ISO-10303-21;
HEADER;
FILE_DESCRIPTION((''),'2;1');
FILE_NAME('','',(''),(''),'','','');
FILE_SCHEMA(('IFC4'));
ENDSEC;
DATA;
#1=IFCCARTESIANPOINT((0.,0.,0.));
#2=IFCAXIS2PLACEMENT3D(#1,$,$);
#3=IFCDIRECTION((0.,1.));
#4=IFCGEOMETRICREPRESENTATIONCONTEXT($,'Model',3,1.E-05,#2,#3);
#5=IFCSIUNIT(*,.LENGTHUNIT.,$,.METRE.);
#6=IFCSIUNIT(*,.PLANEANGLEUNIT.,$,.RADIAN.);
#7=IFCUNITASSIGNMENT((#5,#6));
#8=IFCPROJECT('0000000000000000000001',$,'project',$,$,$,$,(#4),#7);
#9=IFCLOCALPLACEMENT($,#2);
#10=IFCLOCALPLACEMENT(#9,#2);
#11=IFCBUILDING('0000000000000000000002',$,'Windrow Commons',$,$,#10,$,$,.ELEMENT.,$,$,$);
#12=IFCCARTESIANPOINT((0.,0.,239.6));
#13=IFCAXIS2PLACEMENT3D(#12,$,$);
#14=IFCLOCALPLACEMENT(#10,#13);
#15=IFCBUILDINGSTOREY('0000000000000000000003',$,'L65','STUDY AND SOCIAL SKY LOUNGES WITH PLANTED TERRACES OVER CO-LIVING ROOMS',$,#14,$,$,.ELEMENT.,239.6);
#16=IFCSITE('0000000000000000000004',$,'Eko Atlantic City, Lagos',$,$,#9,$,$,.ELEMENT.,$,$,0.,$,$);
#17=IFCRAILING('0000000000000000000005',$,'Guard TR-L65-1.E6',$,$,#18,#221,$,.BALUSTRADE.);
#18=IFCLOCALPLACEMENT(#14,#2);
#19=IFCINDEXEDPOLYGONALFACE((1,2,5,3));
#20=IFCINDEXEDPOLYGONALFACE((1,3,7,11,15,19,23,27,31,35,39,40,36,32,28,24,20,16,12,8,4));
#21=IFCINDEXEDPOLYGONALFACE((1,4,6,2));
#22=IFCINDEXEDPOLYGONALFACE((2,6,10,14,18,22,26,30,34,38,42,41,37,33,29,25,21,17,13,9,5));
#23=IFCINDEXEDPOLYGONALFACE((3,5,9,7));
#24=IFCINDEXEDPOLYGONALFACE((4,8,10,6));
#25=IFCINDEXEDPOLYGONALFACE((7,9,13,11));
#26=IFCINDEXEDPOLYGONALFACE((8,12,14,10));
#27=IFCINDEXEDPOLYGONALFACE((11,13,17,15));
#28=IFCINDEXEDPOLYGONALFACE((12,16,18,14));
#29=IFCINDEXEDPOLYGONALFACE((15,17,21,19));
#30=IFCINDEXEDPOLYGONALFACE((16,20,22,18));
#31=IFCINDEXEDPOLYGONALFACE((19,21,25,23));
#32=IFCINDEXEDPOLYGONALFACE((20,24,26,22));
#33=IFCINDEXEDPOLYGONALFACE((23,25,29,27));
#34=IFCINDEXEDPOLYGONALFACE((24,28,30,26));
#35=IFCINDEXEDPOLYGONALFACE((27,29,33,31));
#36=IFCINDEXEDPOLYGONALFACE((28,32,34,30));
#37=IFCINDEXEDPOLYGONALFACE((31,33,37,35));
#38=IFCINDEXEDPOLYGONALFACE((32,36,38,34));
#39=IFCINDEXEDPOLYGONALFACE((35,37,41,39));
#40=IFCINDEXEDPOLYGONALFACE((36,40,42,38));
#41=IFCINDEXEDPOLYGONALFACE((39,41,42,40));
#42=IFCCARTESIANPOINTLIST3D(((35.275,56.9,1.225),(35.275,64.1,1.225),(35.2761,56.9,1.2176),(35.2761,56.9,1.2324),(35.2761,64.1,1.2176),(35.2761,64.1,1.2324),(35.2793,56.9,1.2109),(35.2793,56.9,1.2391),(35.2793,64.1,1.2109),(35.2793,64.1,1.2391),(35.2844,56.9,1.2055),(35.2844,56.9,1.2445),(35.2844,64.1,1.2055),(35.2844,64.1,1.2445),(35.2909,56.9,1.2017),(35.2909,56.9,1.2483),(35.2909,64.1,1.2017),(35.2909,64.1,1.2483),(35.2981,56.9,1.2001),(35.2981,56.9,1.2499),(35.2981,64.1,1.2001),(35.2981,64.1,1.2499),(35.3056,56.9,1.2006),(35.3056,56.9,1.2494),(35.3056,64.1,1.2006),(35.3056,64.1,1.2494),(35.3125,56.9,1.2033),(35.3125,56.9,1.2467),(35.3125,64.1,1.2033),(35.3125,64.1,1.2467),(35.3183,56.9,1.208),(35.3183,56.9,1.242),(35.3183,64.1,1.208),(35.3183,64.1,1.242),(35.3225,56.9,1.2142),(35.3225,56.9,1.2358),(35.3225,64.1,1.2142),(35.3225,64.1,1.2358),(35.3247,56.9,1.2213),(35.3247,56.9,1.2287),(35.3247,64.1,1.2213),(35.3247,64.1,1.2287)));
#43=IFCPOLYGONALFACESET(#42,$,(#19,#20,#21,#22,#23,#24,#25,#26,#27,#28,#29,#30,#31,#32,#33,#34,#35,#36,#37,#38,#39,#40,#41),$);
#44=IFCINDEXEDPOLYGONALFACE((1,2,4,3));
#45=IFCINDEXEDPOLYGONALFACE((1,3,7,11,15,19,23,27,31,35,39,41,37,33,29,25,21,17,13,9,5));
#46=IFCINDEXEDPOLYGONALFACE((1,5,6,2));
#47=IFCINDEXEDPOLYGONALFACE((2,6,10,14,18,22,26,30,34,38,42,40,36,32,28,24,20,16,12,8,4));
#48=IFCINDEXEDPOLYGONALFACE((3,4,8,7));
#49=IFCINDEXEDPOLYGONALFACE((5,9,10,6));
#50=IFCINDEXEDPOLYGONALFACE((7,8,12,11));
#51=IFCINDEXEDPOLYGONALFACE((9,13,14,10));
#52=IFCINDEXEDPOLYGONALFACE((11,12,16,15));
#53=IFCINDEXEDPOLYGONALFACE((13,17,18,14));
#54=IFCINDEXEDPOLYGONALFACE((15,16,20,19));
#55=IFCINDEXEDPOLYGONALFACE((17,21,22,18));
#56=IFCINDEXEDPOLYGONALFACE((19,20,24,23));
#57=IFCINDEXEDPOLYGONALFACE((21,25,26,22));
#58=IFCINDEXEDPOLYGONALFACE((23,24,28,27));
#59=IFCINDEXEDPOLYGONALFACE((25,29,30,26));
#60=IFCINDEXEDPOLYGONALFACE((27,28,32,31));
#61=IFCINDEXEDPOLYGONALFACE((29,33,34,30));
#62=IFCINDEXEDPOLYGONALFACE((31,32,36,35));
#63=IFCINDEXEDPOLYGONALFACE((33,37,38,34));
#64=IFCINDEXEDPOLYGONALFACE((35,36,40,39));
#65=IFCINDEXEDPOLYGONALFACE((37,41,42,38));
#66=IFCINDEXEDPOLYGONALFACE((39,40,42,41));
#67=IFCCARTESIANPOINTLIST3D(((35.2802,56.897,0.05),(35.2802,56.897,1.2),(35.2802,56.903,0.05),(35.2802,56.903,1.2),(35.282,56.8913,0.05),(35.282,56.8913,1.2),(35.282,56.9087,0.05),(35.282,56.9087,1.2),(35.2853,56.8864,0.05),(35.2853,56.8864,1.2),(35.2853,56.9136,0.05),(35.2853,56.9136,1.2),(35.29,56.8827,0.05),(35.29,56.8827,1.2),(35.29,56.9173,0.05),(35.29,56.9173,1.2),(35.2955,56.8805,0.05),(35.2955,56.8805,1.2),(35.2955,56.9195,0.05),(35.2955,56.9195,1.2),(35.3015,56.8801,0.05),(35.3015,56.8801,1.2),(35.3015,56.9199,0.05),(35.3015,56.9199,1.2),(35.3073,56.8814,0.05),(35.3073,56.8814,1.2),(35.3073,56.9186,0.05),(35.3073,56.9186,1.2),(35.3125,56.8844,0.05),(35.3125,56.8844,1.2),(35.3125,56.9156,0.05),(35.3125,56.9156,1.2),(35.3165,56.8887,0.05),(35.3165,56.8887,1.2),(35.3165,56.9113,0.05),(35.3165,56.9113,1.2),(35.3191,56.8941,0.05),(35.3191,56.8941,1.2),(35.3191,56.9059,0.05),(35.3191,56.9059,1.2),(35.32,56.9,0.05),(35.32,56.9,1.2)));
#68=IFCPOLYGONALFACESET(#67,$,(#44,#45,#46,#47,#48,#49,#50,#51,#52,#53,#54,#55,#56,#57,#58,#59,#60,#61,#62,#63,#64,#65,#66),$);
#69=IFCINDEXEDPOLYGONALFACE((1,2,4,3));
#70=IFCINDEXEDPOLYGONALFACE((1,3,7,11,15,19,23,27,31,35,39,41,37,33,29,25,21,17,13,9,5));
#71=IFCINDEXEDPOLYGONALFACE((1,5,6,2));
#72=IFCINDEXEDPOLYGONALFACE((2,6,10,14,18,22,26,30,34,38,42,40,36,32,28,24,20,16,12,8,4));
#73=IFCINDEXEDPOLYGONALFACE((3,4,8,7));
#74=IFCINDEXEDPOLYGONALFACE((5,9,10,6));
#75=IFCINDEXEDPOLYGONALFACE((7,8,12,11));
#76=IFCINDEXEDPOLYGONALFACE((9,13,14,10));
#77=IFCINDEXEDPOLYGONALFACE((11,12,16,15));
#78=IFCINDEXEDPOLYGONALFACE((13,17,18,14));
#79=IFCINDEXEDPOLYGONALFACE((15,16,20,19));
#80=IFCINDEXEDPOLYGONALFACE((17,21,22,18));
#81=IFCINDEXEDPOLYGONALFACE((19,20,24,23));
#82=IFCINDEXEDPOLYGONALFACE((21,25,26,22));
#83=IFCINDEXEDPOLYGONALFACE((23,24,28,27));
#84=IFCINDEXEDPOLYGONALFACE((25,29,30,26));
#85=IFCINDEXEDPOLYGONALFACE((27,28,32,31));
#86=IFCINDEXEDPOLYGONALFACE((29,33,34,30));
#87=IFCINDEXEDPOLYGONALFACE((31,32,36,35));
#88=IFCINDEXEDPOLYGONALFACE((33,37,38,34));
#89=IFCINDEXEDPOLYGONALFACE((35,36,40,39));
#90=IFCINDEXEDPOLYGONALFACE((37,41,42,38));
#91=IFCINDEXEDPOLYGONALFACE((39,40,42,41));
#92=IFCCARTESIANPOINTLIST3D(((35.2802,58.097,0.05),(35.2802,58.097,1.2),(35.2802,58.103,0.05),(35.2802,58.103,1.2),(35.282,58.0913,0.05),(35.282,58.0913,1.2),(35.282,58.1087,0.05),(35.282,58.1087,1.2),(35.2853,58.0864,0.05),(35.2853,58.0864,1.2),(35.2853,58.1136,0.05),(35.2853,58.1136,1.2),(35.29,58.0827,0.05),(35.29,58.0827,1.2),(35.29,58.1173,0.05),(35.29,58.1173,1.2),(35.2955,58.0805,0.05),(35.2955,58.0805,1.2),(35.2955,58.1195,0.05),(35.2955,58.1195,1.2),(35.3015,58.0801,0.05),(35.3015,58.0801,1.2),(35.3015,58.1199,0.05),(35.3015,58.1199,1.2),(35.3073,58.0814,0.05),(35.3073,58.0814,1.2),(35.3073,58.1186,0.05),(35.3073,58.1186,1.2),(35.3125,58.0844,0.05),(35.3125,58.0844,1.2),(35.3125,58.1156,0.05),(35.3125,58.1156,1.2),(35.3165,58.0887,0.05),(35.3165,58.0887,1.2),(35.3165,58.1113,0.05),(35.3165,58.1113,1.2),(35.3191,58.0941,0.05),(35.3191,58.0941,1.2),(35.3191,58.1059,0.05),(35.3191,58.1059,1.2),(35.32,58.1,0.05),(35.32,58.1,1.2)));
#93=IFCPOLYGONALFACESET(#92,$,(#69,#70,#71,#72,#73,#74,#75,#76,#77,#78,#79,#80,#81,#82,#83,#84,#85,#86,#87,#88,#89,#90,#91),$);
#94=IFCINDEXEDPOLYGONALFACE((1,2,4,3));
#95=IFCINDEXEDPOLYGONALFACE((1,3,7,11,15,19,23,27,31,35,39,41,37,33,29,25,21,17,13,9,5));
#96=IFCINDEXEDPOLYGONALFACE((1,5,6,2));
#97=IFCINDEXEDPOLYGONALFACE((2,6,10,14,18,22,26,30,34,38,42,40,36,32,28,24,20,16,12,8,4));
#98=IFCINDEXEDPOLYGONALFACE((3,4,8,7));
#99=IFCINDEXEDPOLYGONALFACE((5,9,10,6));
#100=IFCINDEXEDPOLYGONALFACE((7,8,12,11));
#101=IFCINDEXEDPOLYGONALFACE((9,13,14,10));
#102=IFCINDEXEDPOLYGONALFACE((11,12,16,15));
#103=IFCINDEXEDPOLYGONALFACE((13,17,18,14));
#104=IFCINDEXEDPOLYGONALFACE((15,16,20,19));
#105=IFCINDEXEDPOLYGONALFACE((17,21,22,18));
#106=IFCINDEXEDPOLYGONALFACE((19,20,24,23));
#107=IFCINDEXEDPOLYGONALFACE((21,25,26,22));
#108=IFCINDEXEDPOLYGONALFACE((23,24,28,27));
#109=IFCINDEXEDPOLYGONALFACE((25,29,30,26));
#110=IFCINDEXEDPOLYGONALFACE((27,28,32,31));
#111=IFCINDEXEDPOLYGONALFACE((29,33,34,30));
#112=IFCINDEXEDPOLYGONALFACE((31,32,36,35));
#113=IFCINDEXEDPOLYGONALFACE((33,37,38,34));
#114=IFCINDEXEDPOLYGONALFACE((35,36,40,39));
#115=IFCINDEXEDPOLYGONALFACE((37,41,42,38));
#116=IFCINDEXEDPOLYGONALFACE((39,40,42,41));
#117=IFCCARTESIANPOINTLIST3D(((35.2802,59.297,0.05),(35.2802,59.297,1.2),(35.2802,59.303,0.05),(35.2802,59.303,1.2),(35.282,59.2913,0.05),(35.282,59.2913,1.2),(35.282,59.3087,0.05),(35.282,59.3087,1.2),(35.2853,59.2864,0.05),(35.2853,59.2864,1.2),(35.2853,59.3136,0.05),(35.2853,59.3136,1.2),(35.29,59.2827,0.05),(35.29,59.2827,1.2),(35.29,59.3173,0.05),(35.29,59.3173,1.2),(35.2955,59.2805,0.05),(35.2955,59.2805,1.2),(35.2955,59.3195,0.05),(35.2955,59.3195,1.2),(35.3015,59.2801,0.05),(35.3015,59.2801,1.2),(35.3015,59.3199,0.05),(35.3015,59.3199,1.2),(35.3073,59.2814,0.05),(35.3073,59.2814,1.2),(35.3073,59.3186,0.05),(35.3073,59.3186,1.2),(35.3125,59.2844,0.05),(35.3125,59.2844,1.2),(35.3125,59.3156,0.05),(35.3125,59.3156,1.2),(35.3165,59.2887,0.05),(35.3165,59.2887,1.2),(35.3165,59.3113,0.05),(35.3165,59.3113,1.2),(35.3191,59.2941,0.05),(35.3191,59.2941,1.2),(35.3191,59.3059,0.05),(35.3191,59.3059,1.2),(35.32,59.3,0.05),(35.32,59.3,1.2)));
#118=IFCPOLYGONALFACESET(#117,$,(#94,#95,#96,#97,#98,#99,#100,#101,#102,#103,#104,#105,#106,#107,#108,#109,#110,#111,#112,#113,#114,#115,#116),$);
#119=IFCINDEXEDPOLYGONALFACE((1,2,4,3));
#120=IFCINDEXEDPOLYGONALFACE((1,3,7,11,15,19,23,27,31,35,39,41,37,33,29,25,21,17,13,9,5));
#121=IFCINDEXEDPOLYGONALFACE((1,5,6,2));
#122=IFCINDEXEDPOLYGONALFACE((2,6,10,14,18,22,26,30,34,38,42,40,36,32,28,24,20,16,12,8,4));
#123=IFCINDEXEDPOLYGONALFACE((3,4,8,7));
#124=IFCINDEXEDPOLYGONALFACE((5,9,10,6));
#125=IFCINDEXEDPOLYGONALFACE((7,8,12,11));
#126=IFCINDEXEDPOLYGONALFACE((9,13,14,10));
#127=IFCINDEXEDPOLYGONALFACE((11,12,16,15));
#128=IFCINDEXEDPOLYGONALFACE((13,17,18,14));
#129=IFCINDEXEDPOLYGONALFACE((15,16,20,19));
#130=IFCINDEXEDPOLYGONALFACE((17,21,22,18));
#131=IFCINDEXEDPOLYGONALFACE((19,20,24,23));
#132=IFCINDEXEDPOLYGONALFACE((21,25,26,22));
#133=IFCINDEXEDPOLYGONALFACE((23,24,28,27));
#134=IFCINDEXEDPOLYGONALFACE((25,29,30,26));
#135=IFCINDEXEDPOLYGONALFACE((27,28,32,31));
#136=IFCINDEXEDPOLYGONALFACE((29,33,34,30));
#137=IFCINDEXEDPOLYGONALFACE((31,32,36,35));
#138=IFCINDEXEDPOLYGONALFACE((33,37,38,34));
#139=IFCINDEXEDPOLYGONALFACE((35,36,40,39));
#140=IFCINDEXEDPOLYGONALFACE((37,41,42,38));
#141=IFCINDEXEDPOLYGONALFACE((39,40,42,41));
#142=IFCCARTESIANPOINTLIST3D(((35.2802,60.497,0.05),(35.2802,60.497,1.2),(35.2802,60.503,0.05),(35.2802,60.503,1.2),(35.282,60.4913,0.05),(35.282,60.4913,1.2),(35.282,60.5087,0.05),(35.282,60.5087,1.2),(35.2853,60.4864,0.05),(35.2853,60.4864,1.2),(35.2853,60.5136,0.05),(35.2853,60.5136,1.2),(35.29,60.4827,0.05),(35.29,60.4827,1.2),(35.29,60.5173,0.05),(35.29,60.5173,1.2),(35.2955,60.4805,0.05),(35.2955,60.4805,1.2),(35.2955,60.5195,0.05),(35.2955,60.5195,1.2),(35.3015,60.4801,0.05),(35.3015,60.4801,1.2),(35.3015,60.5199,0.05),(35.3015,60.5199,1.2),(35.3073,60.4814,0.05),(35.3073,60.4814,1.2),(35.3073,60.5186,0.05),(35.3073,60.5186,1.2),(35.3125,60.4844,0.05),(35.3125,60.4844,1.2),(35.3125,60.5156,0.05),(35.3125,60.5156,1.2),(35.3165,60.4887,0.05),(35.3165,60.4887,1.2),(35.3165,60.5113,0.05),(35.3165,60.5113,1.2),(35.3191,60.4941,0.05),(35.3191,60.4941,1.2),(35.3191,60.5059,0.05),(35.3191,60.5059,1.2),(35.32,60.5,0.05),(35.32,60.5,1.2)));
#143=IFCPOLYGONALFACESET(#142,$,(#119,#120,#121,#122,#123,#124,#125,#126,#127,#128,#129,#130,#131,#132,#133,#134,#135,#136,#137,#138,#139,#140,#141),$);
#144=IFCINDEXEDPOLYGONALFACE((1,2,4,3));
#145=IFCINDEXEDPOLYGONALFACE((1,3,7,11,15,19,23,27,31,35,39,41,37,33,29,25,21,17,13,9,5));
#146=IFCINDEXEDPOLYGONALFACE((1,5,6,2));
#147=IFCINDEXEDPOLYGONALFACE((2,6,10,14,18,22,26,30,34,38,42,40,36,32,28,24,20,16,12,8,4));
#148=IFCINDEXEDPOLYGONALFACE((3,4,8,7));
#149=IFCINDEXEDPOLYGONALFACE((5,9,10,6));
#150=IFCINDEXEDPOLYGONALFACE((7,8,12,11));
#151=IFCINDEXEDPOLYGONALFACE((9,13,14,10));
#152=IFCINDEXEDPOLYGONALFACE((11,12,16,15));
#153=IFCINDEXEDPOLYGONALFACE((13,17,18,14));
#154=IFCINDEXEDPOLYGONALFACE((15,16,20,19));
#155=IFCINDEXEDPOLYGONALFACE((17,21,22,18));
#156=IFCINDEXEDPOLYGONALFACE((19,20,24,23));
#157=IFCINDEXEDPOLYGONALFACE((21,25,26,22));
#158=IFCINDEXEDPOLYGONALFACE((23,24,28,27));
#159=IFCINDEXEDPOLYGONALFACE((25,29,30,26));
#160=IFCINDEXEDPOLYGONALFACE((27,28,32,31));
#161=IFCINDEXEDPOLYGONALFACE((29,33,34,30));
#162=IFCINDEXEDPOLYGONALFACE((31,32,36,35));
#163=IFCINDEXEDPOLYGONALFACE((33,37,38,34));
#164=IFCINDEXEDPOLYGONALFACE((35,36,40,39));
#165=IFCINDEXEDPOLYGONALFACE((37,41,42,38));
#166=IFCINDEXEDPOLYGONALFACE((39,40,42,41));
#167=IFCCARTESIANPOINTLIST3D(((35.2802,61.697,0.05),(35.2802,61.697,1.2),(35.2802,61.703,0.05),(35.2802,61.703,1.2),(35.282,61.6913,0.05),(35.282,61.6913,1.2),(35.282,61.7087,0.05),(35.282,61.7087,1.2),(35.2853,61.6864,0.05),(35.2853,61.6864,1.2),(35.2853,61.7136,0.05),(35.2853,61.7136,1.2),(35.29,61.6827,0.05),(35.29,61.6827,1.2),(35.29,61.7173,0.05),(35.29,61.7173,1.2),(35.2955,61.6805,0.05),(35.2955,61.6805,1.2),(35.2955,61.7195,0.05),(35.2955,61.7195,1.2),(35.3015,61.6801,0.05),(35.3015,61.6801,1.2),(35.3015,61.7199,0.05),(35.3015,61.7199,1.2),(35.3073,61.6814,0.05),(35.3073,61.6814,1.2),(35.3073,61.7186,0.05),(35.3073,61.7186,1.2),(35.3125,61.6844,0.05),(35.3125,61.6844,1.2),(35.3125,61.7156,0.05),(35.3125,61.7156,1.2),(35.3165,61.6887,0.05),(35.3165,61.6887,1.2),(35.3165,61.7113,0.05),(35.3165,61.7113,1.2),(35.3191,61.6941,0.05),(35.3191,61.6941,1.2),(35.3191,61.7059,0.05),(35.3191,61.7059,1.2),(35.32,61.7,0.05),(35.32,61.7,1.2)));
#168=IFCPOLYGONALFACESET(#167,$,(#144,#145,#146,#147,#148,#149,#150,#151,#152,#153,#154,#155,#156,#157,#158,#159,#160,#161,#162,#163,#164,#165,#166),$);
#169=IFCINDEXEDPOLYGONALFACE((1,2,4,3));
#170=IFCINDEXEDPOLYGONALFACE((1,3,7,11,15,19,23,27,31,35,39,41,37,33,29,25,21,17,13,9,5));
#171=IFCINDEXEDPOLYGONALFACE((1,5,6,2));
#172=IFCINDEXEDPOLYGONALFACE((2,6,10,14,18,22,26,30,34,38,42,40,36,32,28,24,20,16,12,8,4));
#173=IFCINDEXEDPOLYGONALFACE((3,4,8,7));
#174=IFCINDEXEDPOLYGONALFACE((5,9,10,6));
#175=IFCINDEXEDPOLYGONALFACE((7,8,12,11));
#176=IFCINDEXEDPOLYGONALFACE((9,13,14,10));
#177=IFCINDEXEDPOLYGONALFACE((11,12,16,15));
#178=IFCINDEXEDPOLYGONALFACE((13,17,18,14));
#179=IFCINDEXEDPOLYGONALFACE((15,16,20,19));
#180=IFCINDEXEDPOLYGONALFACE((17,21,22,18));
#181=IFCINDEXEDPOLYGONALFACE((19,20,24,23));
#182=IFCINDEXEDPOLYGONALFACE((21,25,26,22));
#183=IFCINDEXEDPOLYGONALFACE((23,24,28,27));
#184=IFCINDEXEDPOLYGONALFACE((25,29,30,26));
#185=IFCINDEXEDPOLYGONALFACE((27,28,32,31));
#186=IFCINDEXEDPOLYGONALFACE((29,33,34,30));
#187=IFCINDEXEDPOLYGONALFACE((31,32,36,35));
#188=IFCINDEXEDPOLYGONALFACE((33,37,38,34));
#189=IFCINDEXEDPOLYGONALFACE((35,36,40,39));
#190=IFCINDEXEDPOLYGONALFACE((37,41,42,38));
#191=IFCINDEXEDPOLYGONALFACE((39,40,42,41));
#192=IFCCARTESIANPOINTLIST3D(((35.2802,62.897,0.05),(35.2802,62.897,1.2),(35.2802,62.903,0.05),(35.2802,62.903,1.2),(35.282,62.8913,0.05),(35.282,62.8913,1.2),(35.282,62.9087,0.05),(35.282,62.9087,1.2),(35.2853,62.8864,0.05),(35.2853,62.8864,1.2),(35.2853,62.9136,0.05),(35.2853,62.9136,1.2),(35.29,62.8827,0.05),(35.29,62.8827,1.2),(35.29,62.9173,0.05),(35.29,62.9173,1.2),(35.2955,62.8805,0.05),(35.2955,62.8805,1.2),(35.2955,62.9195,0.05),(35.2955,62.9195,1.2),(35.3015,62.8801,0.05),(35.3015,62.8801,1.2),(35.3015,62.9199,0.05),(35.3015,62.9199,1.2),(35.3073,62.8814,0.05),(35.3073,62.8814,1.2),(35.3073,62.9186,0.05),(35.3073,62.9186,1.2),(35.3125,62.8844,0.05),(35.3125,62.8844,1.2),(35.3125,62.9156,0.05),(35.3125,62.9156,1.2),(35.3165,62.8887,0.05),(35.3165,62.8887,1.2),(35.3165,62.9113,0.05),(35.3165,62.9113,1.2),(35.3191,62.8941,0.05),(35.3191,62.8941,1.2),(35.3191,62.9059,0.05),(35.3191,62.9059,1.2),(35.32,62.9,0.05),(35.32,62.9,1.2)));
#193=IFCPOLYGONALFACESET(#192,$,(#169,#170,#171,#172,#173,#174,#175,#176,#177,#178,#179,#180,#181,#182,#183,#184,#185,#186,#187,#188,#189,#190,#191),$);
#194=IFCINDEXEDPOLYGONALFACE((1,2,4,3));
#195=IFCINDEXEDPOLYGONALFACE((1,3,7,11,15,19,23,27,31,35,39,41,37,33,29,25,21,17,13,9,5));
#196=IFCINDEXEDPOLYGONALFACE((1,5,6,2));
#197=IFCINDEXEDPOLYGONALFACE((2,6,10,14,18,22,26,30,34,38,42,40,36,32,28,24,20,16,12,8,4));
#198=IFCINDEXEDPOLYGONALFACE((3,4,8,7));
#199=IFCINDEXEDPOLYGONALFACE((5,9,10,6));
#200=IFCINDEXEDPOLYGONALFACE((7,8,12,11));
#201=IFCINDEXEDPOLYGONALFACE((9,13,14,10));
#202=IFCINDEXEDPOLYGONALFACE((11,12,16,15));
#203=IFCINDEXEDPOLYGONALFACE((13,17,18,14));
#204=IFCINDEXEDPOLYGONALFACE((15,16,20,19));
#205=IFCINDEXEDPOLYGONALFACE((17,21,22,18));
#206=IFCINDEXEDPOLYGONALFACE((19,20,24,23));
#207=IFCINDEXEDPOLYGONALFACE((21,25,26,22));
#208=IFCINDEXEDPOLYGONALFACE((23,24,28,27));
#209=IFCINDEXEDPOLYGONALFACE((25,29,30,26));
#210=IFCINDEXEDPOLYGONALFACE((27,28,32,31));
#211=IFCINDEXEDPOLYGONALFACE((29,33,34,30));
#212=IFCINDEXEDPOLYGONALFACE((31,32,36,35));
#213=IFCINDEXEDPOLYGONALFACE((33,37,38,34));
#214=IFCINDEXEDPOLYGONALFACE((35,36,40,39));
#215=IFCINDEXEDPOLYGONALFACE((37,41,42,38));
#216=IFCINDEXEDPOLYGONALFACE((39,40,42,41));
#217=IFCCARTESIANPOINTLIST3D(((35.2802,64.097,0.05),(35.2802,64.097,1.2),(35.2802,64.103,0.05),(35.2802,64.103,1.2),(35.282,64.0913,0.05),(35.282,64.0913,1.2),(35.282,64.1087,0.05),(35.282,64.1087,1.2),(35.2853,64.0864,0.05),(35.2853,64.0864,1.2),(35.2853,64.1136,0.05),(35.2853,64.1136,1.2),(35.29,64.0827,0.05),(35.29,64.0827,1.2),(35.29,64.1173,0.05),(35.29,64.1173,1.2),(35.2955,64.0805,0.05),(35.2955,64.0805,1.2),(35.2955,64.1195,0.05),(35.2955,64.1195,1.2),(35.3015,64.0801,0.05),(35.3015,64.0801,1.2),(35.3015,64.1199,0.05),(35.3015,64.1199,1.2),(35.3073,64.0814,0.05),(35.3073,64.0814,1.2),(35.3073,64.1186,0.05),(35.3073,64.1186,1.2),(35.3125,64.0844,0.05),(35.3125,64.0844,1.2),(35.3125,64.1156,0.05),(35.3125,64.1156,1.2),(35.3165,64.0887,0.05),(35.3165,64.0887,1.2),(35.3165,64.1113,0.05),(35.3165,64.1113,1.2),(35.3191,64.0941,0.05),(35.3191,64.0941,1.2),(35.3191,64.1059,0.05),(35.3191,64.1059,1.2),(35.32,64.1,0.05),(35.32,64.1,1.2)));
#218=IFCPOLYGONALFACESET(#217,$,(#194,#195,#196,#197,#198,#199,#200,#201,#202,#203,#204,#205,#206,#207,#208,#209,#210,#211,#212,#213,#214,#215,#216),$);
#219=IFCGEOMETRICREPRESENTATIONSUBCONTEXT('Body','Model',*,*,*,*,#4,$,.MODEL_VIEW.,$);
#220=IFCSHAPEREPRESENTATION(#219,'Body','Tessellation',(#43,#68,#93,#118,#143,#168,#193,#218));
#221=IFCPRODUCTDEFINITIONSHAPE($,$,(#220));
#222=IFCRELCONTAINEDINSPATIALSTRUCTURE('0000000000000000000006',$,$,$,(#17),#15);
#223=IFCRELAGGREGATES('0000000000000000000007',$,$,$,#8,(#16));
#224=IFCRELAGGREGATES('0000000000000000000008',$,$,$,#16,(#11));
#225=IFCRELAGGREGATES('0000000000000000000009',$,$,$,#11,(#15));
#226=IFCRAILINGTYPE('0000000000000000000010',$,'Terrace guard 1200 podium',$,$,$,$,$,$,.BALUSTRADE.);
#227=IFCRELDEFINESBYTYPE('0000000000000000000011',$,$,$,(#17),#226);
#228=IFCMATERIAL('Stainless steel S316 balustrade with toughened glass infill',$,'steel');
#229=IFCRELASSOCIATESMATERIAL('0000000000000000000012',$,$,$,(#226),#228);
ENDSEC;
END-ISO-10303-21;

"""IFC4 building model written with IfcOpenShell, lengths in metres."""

from ifc_helpers import new_model, si_unit, direction, frame, origin, origin_2d, place, context, subcontext, project, spatial, circle, extrude, material, type_object, element, save


model = new_model("IFC4")

# Units and contexts
model_context = context("Model", 3, precision=1e-05, world=origin(), true_north=direction((0.0, 1.0)))
body_context = subcontext(model_context, "Body", "Model", "MODEL_VIEW")
ifc_project = project(units=[si_unit("LENGTHUNIT", "METRE"), si_unit("PLANEANGLEUNIT", "RADIAN")], contexts=[model_context])

# Site, building, storey
site_placement = place(None, origin())
site = spatial("IfcSite", under=ifc_project, at=site_placement, Name="Eko Atlantic City, Lagos", CompositionType="ELEMENT", RefElevation=0.0)
building_placement = place(site_placement, origin())
building = spatial("IfcBuilding", under=site, at=building_placement, Name="Windrow Commons", CompositionType="ELEMENT")
storey_placement = place(building_placement, frame((0.0, 0.0, 239.6)))
storey = spatial("IfcBuildingStorey", under=building, at=storey_placement, Name="L65", Description="STUDY AND SOCIAL SKY LOUNGES WITH PLANTED TERRACES OVER CO-LIVING ROOMS", CompositionType="ELEMENT", Elevation=239.6)

# Railing
ifc_material_1 = material(Name="Stainless steel S316 balustrade with toughened glass infill", Category="steel")
railing_type = type_object("IfcRailingType", Name="Terrace guard 1200 podium", PredefinedType="BALUSTRADE", material=ifc_material_1)
railing_1_placement = place(storey_placement, frame((35.3, 56.9, 0.05)))
element("IfcRailing", 1, at=railing_1_placement, inside=storey, type_object=railing_type, Name="Guard TR-L65-1.E6", PredefinedType="BALUSTRADE", context=body_context, shape_type="SweptSolid", body=[
    extrude(circle(Radius=0.025, at=origin_2d()), frame((0.0, 0.0, 1.175), z_axis=(0.0, 1.0, 0.0), x_axis=(-1.0, 0.0, 0.0)), (0.0, 0.0, 1.0), 7.2),
    extrude(circle(Radius=0.02, at=origin_2d()), origin(), (0.0, 0.0, 1.0), 1.15),
    extrude(circle(Radius=0.02, at=origin_2d()), frame((0.0, 1.2, 0.0)), (0.0, 0.0, 1.0), 1.15),
    extrude(circle(Radius=0.02, at=origin_2d()), frame((0.0, 2.4, 0.0)), (0.0, 0.0, 1.0), 1.15),
    extrude(circle(Radius=0.02, at=origin_2d()), frame((0.0, 3.6, 0.0)), (0.0, 0.0, 1.0), 1.15),
    extrude(circle(Radius=0.02, at=origin_2d()), frame((0.0, 4.8, 0.0)), (0.0, 0.0, 1.0), 1.15),
    extrude(circle(Radius=0.02, at=origin_2d()), frame((0.0, 6.0, 0.0)), (0.0, 0.0, 1.0), 1.15),
    extrude(circle(Radius=0.02, at=origin_2d()), frame((0.0, 7.2, 0.0)), (0.0, 0.0, 1.0), 1.15),
])

save(model, "model.ifc")
